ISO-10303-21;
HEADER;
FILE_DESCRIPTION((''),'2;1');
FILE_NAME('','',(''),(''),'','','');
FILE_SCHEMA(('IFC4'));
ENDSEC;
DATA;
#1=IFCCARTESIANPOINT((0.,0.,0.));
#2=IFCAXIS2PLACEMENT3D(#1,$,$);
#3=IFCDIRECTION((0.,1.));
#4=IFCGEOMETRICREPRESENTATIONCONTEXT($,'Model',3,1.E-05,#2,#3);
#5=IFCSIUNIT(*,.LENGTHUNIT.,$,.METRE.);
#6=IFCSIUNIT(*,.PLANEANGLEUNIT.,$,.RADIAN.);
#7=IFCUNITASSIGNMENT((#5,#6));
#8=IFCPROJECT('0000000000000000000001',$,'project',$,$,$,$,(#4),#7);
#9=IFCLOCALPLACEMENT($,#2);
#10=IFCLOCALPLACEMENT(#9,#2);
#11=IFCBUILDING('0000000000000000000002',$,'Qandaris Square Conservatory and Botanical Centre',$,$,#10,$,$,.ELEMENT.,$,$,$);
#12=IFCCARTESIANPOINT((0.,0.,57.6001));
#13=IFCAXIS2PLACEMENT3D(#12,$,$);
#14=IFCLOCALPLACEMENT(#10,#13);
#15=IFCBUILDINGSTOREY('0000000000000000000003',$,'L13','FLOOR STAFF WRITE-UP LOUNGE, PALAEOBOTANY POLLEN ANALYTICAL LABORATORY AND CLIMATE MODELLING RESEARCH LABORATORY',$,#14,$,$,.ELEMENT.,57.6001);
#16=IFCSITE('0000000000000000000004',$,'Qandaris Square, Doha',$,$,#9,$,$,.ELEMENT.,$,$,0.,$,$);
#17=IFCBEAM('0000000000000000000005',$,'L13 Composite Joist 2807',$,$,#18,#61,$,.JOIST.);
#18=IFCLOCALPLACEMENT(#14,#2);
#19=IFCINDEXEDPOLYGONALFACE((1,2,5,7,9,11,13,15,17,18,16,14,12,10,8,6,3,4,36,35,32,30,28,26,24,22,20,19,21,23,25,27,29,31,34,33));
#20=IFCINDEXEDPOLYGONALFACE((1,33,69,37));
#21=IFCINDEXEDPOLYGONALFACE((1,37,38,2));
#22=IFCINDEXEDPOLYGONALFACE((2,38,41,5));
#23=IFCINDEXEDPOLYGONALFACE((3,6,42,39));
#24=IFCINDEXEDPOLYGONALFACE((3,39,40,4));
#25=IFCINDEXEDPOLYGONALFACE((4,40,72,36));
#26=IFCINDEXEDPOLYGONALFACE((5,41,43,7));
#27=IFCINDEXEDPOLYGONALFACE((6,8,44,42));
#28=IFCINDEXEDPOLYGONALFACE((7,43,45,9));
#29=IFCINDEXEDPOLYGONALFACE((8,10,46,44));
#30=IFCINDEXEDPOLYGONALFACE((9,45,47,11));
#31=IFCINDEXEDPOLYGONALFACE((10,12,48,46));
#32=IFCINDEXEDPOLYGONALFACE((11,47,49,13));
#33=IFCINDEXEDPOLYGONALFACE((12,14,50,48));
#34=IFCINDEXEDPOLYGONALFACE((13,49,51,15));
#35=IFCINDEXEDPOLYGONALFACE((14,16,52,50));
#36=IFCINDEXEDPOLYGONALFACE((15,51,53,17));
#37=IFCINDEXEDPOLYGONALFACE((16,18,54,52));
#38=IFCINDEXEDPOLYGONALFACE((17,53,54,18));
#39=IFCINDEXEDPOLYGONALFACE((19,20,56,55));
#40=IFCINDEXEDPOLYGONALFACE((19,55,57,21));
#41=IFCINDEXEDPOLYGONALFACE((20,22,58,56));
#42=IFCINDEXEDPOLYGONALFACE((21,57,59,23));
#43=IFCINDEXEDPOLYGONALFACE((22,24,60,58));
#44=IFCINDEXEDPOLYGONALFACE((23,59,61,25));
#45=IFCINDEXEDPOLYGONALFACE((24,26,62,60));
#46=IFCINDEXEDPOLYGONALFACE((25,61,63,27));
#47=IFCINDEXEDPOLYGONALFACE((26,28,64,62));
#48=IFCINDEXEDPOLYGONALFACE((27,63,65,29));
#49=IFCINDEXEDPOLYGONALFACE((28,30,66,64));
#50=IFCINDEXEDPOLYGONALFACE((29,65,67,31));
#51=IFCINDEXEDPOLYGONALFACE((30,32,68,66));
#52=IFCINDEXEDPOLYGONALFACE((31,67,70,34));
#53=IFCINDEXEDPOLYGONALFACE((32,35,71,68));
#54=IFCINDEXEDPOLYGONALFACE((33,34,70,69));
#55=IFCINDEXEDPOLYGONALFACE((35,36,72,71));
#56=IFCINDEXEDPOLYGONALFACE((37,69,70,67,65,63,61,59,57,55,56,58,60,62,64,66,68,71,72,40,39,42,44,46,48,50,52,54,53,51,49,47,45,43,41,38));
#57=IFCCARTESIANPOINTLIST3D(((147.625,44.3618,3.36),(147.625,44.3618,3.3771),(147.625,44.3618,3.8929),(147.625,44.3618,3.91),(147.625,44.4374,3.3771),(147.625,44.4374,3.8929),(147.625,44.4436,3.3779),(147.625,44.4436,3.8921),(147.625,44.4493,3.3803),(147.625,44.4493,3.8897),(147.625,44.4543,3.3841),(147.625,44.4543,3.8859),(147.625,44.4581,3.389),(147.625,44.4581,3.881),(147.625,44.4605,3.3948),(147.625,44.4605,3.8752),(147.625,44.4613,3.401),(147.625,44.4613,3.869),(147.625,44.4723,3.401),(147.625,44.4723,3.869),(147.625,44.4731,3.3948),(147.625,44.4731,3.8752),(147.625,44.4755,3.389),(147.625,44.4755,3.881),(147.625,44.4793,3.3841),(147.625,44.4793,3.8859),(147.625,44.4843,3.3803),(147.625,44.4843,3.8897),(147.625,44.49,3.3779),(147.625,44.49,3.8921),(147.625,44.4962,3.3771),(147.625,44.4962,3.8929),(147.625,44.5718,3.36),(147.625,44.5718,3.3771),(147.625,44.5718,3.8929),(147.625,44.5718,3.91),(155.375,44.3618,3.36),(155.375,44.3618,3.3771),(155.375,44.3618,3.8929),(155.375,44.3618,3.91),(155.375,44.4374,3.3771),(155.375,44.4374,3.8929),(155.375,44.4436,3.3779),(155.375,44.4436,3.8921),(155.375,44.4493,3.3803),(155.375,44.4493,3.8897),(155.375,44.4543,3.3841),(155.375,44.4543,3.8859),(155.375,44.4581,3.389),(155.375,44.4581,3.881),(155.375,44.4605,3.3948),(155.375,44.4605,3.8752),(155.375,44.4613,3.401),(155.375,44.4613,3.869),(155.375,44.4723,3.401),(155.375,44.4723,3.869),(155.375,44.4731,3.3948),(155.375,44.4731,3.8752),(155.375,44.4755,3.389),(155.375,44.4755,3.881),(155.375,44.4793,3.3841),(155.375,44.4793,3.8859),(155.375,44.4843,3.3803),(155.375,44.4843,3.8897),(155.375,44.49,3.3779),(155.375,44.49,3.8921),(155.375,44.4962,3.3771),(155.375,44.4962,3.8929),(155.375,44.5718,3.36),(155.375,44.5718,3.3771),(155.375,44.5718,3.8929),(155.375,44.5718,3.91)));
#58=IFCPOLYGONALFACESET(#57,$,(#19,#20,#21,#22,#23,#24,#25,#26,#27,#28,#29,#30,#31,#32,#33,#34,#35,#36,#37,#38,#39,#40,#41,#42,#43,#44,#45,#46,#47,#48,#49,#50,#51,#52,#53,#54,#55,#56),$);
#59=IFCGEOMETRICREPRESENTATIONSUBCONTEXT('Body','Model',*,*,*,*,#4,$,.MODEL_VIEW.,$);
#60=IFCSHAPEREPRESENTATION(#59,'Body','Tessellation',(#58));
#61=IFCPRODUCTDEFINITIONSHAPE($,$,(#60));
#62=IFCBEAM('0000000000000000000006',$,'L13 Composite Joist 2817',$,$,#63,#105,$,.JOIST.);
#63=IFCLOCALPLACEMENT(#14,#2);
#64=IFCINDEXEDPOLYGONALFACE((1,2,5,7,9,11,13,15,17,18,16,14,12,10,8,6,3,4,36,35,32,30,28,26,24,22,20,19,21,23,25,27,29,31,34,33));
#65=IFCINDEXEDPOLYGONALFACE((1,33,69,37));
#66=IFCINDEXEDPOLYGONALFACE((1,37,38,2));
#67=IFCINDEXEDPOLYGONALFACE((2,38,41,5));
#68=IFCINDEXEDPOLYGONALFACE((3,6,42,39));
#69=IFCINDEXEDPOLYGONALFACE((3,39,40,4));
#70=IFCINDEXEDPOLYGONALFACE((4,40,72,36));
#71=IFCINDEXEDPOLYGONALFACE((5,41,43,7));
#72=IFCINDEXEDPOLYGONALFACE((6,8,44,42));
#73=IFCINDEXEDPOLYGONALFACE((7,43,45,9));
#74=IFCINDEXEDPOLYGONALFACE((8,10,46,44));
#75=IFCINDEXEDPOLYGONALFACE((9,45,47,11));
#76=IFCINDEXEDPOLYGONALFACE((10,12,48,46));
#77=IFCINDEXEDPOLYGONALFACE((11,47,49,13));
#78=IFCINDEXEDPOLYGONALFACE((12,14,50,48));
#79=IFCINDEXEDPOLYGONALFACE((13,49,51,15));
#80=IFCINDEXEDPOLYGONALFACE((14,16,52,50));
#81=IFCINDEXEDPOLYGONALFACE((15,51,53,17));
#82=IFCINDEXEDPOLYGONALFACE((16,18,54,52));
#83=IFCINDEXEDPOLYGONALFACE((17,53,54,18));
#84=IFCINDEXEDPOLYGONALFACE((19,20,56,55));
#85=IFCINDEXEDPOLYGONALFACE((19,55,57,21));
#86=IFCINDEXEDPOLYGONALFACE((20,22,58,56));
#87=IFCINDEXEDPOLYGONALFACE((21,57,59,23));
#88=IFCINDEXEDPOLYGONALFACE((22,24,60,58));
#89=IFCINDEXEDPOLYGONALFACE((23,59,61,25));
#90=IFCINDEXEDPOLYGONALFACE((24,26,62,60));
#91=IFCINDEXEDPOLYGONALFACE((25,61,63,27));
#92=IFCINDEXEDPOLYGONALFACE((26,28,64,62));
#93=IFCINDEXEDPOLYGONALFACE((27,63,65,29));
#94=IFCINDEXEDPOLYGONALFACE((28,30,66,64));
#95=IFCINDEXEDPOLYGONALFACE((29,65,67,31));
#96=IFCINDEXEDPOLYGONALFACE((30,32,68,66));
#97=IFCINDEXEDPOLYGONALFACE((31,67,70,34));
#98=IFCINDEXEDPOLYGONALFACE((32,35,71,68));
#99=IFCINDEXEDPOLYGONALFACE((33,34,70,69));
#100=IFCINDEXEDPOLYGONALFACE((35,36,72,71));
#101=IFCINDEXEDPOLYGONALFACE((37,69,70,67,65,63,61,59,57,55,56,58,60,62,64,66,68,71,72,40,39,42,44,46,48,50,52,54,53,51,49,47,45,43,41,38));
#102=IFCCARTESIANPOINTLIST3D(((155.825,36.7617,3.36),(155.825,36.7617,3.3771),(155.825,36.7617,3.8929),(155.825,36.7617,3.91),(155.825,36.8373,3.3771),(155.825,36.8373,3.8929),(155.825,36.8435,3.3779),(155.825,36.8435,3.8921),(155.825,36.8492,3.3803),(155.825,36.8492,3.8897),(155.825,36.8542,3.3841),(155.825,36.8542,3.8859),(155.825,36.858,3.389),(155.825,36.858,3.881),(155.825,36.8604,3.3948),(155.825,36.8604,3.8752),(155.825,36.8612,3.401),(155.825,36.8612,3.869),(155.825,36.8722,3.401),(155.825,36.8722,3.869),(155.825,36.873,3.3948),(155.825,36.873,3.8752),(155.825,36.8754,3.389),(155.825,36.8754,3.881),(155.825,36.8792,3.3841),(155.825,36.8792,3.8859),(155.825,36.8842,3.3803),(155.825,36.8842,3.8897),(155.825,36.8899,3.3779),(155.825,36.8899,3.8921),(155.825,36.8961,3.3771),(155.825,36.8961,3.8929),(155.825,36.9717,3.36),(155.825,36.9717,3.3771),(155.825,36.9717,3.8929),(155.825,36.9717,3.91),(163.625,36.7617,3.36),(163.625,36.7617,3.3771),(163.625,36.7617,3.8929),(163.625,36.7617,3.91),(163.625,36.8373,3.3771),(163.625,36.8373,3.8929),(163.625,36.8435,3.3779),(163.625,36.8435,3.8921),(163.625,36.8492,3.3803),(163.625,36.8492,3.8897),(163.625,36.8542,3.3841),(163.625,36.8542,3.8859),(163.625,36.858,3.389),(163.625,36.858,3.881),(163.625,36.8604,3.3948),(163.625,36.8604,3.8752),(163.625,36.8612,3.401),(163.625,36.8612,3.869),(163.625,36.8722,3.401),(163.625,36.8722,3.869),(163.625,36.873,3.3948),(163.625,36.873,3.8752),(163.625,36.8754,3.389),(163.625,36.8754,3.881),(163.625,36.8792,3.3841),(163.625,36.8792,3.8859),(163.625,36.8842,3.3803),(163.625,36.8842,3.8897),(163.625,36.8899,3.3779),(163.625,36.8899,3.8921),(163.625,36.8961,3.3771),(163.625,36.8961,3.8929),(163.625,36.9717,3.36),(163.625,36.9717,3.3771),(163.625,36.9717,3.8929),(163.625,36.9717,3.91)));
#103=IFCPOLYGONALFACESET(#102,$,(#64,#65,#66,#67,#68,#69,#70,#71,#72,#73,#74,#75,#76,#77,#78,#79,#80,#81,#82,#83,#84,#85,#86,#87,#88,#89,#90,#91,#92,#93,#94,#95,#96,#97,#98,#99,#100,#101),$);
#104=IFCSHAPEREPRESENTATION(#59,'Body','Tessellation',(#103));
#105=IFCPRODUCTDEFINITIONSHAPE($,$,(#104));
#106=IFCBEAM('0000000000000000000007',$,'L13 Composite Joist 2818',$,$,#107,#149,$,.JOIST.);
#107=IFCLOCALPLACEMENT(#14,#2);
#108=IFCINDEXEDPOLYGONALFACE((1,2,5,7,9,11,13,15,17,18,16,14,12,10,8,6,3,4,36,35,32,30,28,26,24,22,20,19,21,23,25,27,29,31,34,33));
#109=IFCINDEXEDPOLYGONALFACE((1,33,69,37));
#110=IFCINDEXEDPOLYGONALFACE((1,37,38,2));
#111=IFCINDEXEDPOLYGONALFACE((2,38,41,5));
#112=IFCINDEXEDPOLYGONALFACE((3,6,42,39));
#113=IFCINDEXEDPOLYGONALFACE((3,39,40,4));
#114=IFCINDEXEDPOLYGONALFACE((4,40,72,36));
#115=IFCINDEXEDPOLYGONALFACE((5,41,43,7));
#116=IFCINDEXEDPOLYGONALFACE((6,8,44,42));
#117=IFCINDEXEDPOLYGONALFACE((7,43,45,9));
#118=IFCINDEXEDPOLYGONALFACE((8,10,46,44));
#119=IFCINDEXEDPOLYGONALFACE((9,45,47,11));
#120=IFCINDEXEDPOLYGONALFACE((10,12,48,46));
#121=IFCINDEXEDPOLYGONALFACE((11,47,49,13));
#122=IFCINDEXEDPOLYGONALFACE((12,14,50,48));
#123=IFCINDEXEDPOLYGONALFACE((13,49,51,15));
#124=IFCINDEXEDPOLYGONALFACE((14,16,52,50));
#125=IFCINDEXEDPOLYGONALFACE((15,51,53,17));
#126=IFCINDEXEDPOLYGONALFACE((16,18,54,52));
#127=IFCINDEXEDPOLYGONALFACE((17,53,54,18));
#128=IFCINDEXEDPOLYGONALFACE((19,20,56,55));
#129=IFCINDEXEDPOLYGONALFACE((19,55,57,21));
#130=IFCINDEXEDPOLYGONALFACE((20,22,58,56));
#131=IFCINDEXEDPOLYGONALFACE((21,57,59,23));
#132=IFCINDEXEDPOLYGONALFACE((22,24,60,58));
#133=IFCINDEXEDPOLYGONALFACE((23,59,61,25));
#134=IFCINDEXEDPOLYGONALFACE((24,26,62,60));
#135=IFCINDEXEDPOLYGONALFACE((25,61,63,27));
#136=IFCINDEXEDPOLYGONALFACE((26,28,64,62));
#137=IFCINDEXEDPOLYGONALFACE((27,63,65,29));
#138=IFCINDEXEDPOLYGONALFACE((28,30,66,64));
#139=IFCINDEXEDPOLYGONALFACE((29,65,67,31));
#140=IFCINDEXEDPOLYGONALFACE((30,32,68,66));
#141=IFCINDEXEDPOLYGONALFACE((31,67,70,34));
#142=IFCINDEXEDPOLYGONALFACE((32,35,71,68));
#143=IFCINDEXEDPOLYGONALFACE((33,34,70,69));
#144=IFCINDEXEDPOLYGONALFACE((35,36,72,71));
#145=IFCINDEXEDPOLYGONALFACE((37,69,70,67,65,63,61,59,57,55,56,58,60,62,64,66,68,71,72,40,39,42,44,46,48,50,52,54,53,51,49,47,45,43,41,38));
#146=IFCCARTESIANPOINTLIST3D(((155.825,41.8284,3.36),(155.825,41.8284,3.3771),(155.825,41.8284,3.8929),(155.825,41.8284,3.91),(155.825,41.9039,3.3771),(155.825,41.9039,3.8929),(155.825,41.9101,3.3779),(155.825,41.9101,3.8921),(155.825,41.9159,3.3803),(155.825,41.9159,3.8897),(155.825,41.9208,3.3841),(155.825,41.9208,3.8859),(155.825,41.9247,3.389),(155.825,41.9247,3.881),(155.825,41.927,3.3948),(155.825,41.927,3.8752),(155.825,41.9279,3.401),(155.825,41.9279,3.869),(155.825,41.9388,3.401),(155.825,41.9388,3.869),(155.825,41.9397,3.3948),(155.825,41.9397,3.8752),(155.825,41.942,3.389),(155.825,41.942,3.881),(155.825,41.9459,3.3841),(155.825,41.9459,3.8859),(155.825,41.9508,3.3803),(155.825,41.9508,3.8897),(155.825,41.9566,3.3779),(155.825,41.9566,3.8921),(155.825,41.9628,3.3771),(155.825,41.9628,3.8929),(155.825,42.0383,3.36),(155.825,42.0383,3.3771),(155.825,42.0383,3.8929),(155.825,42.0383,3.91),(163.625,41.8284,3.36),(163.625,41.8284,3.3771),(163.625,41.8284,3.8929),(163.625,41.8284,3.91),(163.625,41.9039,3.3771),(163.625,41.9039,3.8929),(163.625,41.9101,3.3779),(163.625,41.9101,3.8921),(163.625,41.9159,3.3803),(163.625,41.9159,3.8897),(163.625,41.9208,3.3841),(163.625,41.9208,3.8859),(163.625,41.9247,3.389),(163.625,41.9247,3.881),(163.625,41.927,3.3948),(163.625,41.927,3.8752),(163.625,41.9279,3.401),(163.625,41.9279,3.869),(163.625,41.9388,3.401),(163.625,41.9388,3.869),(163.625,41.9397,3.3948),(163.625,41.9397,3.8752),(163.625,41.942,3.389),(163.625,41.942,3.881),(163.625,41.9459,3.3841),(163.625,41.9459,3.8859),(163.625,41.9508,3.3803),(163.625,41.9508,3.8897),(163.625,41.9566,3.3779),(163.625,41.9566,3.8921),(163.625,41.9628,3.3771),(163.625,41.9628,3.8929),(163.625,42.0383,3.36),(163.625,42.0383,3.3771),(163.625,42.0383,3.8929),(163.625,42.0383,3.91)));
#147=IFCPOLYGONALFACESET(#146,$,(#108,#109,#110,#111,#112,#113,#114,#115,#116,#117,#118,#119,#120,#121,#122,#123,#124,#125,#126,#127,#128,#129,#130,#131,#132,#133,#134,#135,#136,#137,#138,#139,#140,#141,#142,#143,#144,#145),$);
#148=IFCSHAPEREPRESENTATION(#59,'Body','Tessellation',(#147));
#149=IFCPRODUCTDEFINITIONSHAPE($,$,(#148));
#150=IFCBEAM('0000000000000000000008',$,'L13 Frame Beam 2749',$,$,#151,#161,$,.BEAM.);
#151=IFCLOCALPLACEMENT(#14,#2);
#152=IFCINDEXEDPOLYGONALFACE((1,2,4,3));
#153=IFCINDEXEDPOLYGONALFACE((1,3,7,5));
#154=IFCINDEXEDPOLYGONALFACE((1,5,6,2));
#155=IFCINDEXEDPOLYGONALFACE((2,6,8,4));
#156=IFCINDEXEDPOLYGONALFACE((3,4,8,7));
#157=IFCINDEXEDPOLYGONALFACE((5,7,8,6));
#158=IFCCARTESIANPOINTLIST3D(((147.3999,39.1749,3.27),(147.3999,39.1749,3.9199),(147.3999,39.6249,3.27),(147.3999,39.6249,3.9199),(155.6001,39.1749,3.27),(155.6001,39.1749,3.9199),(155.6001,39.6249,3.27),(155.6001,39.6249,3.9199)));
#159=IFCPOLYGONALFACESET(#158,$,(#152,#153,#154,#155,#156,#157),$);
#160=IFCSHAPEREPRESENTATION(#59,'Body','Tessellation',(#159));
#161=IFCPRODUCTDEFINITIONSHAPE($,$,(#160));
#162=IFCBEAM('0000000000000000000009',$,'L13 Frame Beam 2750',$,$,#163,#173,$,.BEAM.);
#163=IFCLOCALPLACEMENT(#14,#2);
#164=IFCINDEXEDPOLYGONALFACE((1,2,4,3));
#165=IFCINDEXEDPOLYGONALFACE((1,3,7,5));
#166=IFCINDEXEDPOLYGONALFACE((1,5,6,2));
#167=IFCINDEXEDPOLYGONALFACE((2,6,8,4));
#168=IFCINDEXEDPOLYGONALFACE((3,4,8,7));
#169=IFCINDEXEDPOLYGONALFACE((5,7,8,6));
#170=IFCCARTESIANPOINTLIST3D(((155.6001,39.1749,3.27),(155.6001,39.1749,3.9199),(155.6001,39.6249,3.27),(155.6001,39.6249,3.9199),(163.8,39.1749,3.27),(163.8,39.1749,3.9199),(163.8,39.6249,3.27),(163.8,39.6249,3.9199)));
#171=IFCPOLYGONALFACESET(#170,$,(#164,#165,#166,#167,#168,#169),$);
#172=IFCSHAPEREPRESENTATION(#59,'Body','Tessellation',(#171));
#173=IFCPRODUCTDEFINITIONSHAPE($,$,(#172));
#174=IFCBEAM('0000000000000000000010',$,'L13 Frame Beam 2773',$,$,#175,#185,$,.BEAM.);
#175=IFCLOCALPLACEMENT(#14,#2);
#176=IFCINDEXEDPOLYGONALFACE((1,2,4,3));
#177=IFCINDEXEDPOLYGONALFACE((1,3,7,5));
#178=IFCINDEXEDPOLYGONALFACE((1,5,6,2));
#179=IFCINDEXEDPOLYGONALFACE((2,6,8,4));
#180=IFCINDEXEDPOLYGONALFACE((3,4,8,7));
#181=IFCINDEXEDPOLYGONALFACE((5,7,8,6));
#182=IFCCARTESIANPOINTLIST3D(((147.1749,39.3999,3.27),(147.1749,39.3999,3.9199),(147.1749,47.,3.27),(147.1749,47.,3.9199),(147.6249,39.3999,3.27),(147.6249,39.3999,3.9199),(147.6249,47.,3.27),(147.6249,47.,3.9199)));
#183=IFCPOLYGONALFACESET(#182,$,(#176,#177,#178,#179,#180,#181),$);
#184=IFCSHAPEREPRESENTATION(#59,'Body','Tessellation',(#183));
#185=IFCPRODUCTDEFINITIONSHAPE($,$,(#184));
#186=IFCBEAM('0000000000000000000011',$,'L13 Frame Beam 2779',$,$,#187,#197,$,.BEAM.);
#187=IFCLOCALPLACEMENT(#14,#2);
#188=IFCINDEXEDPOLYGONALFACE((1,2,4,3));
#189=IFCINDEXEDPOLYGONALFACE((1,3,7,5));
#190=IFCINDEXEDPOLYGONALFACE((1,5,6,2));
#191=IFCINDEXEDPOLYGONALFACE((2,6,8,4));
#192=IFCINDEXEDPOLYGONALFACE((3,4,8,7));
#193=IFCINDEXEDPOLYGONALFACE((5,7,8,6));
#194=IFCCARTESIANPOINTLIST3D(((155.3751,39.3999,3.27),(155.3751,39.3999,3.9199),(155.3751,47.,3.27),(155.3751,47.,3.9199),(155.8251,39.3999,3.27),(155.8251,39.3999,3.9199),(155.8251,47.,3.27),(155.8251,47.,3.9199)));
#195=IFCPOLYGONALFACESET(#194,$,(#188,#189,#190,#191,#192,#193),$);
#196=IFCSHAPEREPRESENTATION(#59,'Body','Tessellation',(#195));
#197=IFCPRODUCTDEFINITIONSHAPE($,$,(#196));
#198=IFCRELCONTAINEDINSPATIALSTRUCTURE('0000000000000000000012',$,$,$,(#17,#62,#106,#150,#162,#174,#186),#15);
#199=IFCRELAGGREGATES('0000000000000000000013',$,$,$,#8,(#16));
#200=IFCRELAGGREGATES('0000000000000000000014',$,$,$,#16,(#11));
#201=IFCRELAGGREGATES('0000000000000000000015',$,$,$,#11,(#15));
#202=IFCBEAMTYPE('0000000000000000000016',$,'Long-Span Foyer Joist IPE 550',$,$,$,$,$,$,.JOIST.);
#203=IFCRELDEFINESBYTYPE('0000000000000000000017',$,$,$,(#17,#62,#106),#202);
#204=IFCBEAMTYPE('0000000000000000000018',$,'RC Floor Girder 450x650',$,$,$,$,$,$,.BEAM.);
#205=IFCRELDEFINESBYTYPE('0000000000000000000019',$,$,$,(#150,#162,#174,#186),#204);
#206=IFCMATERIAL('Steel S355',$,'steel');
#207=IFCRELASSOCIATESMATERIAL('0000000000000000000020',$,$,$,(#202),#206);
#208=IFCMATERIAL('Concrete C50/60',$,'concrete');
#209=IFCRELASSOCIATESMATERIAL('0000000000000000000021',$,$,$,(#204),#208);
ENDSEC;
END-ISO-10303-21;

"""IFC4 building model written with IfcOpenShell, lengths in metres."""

from ifc_helpers import new_model, si_unit, direction, frame, origin, origin_2d, place, context, subcontext, project, spatial, rectangle, i_section, extrude, material, material_profile, profile_set, type_object, element, save


model = new_model("IFC4")

# Units and contexts
model_context = context("Model", 3, precision=1e-05, world=origin(), true_north=direction((0.0, 1.0)))
body_context = subcontext(model_context, "Body", "Model", "MODEL_VIEW")
ifc_project = project(units=[si_unit("LENGTHUNIT", "METRE"), si_unit("PLANEANGLEUNIT", "RADIAN")], contexts=[model_context])

# Site, building, storey
site_placement = place(None, origin())
site = spatial("IfcSite", under=ifc_project, at=site_placement, Name="Qandaris Square, Doha", CompositionType="ELEMENT", RefElevation=0.0)
building_placement = place(site_placement, origin())
building = spatial("IfcBuilding", under=site, at=building_placement, Name="Qandaris Square Conservatory and Botanical Centre", CompositionType="ELEMENT")
storey_placement = place(building_placement, frame((0.0, 0.0, 57.6001)))
storey = spatial("IfcBuildingStorey", under=building, at=storey_placement, Name="L13", Description="FLOOR STAFF WRITE-UP LOUNGE, PALAEOBOTANY POLLEN ANALYTICAL LABORATORY AND CLIMATE MODELLING RESEARCH LABORATORY", CompositionType="ELEMENT", Elevation=57.6001)

# Shared definitions
ifc_material_1 = material(Name="Concrete C50/60", Category="concrete")

# Shared definitions
ifc_material_2 = material(Name="Steel S355", Category="steel")

# Beams
ifc_material_profile_1 = material_profile(ifc_material_2, i_section(OverallWidth=0.21, OverallDepth=0.55, WebThickness=0.011, FlangeThickness=0.0171, FilletRadius=0.0239, at=origin_2d()), Name="IPE 550")
ifc_profile_set_1 = profile_set([ifc_material_profile_1], Name="Steel S355")
beam_type_1 = type_object("IfcBeamType", Name="Long-Span Foyer Joist IPE 550", PredefinedType="JOIST", material=ifc_profile_set_1)
beam_1_placement = place(storey_placement, frame((147.625, 44.4668, 3.635), z_axis=(1.0, 0.0, 0.0), x_axis=(0.0, 1.0, 0.0)))
element("IfcBeam", 1, at=beam_1_placement, inside=storey, type_object=beam_type_1, Name="L13 Composite Joist 2807", PredefinedType="JOIST", context=body_context, shape_type="SweptSolid", body=[
    extrude(i_section(OverallWidth=0.21, OverallDepth=0.55, WebThickness=0.011, FlangeThickness=0.0171, FilletRadius=0.0239, at=origin_2d()), origin(), (0.0, 0.0, 1.0), 7.75),
])
for number, where, z_axis, x_axis, name in (
    (2, (155.825, 36.8667, 3.635), (1.0, 0.0, 0.0), (0.0, 1.0, 0.0), "L13 Composite Joist 2817"),
    (3, (155.825, 41.9333, 3.635), (1.0, 0.0, 0.0), (0.0, 1.0, 0.0), "L13 Composite Joist 2818"),
):
    element("IfcBeam", number, at=place(storey_placement, frame(where, z_axis=z_axis, x_axis=x_axis)), inside=storey, type_object=beam_type_1, Name=name, PredefinedType="JOIST", context=body_context, shape_type="SweptSolid", body=[
        extrude(i_section(OverallWidth=0.21, OverallDepth=0.55, WebThickness=0.011, FlangeThickness=0.0171, FilletRadius=0.0239, at=origin_2d()), origin(), (0.0, 0.0, 1.0), 7.8),
    ])
ifc_material_profile_2 = material_profile(ifc_material_1, rectangle(XDim=0.45, YDim=0.6499, at=origin_2d()), Name="RC-BM 450x650")
ifc_profile_set_2 = profile_set([ifc_material_profile_2], Name="Concrete C50/60")
beam_type_2 = type_object("IfcBeamType", Name="RC Floor Girder 450x650", PredefinedType="BEAM", material=ifc_profile_set_2)
beam_2_placement = place(storey_placement, frame((147.3999, 39.3999, 3.595), z_axis=(1.0, 0.0, 0.0), x_axis=(0.0, 1.0, 0.0)))
element("IfcBeam", 4, at=beam_2_placement, inside=storey, type_object=beam_type_2, Name="L13 Frame Beam 2749", PredefinedType="BEAM", context=body_context, shape_type="SweptSolid", body=[
    extrude(rectangle(XDim=0.45, YDim=0.6499, at=origin_2d()), origin(), (0.0, 0.0, 1.0), 8.2002),
])
beam_3_placement = place(storey_placement, frame((155.6001, 39.3999, 3.595), z_axis=(1.0, 0.0, 0.0), x_axis=(0.0, 1.0, 0.0)))
element("IfcBeam", 5, at=beam_3_placement, inside=storey, type_object=beam_type_2, Name="L13 Frame Beam 2750", PredefinedType="BEAM", context=body_context, shape_type="SweptSolid", body=[
    extrude(rectangle(XDim=0.45, YDim=0.6499, at=origin_2d()), origin(), (0.0, 0.0, 1.0), 8.2),
])
for number, where, z_axis, x_axis, name in (
    (6, (147.3999, 39.3999, 3.595), (0.0, 1.0, 0.0), (-1.0, 0.0, 0.0), "L13 Frame Beam 2773"),
    (7, (155.6001, 39.3999, 3.595), (0.0, 1.0, 0.0), (-1.0, 0.0, 0.0), "L13 Frame Beam 2779"),
):
    element("IfcBeam", number, at=place(storey_placement, frame(where, z_axis=z_axis, x_axis=x_axis)), inside=storey, type_object=beam_type_2, Name=name, PredefinedType="BEAM", context=body_context, shape_type="SweptSolid", body=[
        extrude(rectangle(XDim=0.45, YDim=0.6499, at=origin_2d()), origin(), (0.0, 0.0, 1.0), 7.6001),
    ])

save(model, "model.ifc")
